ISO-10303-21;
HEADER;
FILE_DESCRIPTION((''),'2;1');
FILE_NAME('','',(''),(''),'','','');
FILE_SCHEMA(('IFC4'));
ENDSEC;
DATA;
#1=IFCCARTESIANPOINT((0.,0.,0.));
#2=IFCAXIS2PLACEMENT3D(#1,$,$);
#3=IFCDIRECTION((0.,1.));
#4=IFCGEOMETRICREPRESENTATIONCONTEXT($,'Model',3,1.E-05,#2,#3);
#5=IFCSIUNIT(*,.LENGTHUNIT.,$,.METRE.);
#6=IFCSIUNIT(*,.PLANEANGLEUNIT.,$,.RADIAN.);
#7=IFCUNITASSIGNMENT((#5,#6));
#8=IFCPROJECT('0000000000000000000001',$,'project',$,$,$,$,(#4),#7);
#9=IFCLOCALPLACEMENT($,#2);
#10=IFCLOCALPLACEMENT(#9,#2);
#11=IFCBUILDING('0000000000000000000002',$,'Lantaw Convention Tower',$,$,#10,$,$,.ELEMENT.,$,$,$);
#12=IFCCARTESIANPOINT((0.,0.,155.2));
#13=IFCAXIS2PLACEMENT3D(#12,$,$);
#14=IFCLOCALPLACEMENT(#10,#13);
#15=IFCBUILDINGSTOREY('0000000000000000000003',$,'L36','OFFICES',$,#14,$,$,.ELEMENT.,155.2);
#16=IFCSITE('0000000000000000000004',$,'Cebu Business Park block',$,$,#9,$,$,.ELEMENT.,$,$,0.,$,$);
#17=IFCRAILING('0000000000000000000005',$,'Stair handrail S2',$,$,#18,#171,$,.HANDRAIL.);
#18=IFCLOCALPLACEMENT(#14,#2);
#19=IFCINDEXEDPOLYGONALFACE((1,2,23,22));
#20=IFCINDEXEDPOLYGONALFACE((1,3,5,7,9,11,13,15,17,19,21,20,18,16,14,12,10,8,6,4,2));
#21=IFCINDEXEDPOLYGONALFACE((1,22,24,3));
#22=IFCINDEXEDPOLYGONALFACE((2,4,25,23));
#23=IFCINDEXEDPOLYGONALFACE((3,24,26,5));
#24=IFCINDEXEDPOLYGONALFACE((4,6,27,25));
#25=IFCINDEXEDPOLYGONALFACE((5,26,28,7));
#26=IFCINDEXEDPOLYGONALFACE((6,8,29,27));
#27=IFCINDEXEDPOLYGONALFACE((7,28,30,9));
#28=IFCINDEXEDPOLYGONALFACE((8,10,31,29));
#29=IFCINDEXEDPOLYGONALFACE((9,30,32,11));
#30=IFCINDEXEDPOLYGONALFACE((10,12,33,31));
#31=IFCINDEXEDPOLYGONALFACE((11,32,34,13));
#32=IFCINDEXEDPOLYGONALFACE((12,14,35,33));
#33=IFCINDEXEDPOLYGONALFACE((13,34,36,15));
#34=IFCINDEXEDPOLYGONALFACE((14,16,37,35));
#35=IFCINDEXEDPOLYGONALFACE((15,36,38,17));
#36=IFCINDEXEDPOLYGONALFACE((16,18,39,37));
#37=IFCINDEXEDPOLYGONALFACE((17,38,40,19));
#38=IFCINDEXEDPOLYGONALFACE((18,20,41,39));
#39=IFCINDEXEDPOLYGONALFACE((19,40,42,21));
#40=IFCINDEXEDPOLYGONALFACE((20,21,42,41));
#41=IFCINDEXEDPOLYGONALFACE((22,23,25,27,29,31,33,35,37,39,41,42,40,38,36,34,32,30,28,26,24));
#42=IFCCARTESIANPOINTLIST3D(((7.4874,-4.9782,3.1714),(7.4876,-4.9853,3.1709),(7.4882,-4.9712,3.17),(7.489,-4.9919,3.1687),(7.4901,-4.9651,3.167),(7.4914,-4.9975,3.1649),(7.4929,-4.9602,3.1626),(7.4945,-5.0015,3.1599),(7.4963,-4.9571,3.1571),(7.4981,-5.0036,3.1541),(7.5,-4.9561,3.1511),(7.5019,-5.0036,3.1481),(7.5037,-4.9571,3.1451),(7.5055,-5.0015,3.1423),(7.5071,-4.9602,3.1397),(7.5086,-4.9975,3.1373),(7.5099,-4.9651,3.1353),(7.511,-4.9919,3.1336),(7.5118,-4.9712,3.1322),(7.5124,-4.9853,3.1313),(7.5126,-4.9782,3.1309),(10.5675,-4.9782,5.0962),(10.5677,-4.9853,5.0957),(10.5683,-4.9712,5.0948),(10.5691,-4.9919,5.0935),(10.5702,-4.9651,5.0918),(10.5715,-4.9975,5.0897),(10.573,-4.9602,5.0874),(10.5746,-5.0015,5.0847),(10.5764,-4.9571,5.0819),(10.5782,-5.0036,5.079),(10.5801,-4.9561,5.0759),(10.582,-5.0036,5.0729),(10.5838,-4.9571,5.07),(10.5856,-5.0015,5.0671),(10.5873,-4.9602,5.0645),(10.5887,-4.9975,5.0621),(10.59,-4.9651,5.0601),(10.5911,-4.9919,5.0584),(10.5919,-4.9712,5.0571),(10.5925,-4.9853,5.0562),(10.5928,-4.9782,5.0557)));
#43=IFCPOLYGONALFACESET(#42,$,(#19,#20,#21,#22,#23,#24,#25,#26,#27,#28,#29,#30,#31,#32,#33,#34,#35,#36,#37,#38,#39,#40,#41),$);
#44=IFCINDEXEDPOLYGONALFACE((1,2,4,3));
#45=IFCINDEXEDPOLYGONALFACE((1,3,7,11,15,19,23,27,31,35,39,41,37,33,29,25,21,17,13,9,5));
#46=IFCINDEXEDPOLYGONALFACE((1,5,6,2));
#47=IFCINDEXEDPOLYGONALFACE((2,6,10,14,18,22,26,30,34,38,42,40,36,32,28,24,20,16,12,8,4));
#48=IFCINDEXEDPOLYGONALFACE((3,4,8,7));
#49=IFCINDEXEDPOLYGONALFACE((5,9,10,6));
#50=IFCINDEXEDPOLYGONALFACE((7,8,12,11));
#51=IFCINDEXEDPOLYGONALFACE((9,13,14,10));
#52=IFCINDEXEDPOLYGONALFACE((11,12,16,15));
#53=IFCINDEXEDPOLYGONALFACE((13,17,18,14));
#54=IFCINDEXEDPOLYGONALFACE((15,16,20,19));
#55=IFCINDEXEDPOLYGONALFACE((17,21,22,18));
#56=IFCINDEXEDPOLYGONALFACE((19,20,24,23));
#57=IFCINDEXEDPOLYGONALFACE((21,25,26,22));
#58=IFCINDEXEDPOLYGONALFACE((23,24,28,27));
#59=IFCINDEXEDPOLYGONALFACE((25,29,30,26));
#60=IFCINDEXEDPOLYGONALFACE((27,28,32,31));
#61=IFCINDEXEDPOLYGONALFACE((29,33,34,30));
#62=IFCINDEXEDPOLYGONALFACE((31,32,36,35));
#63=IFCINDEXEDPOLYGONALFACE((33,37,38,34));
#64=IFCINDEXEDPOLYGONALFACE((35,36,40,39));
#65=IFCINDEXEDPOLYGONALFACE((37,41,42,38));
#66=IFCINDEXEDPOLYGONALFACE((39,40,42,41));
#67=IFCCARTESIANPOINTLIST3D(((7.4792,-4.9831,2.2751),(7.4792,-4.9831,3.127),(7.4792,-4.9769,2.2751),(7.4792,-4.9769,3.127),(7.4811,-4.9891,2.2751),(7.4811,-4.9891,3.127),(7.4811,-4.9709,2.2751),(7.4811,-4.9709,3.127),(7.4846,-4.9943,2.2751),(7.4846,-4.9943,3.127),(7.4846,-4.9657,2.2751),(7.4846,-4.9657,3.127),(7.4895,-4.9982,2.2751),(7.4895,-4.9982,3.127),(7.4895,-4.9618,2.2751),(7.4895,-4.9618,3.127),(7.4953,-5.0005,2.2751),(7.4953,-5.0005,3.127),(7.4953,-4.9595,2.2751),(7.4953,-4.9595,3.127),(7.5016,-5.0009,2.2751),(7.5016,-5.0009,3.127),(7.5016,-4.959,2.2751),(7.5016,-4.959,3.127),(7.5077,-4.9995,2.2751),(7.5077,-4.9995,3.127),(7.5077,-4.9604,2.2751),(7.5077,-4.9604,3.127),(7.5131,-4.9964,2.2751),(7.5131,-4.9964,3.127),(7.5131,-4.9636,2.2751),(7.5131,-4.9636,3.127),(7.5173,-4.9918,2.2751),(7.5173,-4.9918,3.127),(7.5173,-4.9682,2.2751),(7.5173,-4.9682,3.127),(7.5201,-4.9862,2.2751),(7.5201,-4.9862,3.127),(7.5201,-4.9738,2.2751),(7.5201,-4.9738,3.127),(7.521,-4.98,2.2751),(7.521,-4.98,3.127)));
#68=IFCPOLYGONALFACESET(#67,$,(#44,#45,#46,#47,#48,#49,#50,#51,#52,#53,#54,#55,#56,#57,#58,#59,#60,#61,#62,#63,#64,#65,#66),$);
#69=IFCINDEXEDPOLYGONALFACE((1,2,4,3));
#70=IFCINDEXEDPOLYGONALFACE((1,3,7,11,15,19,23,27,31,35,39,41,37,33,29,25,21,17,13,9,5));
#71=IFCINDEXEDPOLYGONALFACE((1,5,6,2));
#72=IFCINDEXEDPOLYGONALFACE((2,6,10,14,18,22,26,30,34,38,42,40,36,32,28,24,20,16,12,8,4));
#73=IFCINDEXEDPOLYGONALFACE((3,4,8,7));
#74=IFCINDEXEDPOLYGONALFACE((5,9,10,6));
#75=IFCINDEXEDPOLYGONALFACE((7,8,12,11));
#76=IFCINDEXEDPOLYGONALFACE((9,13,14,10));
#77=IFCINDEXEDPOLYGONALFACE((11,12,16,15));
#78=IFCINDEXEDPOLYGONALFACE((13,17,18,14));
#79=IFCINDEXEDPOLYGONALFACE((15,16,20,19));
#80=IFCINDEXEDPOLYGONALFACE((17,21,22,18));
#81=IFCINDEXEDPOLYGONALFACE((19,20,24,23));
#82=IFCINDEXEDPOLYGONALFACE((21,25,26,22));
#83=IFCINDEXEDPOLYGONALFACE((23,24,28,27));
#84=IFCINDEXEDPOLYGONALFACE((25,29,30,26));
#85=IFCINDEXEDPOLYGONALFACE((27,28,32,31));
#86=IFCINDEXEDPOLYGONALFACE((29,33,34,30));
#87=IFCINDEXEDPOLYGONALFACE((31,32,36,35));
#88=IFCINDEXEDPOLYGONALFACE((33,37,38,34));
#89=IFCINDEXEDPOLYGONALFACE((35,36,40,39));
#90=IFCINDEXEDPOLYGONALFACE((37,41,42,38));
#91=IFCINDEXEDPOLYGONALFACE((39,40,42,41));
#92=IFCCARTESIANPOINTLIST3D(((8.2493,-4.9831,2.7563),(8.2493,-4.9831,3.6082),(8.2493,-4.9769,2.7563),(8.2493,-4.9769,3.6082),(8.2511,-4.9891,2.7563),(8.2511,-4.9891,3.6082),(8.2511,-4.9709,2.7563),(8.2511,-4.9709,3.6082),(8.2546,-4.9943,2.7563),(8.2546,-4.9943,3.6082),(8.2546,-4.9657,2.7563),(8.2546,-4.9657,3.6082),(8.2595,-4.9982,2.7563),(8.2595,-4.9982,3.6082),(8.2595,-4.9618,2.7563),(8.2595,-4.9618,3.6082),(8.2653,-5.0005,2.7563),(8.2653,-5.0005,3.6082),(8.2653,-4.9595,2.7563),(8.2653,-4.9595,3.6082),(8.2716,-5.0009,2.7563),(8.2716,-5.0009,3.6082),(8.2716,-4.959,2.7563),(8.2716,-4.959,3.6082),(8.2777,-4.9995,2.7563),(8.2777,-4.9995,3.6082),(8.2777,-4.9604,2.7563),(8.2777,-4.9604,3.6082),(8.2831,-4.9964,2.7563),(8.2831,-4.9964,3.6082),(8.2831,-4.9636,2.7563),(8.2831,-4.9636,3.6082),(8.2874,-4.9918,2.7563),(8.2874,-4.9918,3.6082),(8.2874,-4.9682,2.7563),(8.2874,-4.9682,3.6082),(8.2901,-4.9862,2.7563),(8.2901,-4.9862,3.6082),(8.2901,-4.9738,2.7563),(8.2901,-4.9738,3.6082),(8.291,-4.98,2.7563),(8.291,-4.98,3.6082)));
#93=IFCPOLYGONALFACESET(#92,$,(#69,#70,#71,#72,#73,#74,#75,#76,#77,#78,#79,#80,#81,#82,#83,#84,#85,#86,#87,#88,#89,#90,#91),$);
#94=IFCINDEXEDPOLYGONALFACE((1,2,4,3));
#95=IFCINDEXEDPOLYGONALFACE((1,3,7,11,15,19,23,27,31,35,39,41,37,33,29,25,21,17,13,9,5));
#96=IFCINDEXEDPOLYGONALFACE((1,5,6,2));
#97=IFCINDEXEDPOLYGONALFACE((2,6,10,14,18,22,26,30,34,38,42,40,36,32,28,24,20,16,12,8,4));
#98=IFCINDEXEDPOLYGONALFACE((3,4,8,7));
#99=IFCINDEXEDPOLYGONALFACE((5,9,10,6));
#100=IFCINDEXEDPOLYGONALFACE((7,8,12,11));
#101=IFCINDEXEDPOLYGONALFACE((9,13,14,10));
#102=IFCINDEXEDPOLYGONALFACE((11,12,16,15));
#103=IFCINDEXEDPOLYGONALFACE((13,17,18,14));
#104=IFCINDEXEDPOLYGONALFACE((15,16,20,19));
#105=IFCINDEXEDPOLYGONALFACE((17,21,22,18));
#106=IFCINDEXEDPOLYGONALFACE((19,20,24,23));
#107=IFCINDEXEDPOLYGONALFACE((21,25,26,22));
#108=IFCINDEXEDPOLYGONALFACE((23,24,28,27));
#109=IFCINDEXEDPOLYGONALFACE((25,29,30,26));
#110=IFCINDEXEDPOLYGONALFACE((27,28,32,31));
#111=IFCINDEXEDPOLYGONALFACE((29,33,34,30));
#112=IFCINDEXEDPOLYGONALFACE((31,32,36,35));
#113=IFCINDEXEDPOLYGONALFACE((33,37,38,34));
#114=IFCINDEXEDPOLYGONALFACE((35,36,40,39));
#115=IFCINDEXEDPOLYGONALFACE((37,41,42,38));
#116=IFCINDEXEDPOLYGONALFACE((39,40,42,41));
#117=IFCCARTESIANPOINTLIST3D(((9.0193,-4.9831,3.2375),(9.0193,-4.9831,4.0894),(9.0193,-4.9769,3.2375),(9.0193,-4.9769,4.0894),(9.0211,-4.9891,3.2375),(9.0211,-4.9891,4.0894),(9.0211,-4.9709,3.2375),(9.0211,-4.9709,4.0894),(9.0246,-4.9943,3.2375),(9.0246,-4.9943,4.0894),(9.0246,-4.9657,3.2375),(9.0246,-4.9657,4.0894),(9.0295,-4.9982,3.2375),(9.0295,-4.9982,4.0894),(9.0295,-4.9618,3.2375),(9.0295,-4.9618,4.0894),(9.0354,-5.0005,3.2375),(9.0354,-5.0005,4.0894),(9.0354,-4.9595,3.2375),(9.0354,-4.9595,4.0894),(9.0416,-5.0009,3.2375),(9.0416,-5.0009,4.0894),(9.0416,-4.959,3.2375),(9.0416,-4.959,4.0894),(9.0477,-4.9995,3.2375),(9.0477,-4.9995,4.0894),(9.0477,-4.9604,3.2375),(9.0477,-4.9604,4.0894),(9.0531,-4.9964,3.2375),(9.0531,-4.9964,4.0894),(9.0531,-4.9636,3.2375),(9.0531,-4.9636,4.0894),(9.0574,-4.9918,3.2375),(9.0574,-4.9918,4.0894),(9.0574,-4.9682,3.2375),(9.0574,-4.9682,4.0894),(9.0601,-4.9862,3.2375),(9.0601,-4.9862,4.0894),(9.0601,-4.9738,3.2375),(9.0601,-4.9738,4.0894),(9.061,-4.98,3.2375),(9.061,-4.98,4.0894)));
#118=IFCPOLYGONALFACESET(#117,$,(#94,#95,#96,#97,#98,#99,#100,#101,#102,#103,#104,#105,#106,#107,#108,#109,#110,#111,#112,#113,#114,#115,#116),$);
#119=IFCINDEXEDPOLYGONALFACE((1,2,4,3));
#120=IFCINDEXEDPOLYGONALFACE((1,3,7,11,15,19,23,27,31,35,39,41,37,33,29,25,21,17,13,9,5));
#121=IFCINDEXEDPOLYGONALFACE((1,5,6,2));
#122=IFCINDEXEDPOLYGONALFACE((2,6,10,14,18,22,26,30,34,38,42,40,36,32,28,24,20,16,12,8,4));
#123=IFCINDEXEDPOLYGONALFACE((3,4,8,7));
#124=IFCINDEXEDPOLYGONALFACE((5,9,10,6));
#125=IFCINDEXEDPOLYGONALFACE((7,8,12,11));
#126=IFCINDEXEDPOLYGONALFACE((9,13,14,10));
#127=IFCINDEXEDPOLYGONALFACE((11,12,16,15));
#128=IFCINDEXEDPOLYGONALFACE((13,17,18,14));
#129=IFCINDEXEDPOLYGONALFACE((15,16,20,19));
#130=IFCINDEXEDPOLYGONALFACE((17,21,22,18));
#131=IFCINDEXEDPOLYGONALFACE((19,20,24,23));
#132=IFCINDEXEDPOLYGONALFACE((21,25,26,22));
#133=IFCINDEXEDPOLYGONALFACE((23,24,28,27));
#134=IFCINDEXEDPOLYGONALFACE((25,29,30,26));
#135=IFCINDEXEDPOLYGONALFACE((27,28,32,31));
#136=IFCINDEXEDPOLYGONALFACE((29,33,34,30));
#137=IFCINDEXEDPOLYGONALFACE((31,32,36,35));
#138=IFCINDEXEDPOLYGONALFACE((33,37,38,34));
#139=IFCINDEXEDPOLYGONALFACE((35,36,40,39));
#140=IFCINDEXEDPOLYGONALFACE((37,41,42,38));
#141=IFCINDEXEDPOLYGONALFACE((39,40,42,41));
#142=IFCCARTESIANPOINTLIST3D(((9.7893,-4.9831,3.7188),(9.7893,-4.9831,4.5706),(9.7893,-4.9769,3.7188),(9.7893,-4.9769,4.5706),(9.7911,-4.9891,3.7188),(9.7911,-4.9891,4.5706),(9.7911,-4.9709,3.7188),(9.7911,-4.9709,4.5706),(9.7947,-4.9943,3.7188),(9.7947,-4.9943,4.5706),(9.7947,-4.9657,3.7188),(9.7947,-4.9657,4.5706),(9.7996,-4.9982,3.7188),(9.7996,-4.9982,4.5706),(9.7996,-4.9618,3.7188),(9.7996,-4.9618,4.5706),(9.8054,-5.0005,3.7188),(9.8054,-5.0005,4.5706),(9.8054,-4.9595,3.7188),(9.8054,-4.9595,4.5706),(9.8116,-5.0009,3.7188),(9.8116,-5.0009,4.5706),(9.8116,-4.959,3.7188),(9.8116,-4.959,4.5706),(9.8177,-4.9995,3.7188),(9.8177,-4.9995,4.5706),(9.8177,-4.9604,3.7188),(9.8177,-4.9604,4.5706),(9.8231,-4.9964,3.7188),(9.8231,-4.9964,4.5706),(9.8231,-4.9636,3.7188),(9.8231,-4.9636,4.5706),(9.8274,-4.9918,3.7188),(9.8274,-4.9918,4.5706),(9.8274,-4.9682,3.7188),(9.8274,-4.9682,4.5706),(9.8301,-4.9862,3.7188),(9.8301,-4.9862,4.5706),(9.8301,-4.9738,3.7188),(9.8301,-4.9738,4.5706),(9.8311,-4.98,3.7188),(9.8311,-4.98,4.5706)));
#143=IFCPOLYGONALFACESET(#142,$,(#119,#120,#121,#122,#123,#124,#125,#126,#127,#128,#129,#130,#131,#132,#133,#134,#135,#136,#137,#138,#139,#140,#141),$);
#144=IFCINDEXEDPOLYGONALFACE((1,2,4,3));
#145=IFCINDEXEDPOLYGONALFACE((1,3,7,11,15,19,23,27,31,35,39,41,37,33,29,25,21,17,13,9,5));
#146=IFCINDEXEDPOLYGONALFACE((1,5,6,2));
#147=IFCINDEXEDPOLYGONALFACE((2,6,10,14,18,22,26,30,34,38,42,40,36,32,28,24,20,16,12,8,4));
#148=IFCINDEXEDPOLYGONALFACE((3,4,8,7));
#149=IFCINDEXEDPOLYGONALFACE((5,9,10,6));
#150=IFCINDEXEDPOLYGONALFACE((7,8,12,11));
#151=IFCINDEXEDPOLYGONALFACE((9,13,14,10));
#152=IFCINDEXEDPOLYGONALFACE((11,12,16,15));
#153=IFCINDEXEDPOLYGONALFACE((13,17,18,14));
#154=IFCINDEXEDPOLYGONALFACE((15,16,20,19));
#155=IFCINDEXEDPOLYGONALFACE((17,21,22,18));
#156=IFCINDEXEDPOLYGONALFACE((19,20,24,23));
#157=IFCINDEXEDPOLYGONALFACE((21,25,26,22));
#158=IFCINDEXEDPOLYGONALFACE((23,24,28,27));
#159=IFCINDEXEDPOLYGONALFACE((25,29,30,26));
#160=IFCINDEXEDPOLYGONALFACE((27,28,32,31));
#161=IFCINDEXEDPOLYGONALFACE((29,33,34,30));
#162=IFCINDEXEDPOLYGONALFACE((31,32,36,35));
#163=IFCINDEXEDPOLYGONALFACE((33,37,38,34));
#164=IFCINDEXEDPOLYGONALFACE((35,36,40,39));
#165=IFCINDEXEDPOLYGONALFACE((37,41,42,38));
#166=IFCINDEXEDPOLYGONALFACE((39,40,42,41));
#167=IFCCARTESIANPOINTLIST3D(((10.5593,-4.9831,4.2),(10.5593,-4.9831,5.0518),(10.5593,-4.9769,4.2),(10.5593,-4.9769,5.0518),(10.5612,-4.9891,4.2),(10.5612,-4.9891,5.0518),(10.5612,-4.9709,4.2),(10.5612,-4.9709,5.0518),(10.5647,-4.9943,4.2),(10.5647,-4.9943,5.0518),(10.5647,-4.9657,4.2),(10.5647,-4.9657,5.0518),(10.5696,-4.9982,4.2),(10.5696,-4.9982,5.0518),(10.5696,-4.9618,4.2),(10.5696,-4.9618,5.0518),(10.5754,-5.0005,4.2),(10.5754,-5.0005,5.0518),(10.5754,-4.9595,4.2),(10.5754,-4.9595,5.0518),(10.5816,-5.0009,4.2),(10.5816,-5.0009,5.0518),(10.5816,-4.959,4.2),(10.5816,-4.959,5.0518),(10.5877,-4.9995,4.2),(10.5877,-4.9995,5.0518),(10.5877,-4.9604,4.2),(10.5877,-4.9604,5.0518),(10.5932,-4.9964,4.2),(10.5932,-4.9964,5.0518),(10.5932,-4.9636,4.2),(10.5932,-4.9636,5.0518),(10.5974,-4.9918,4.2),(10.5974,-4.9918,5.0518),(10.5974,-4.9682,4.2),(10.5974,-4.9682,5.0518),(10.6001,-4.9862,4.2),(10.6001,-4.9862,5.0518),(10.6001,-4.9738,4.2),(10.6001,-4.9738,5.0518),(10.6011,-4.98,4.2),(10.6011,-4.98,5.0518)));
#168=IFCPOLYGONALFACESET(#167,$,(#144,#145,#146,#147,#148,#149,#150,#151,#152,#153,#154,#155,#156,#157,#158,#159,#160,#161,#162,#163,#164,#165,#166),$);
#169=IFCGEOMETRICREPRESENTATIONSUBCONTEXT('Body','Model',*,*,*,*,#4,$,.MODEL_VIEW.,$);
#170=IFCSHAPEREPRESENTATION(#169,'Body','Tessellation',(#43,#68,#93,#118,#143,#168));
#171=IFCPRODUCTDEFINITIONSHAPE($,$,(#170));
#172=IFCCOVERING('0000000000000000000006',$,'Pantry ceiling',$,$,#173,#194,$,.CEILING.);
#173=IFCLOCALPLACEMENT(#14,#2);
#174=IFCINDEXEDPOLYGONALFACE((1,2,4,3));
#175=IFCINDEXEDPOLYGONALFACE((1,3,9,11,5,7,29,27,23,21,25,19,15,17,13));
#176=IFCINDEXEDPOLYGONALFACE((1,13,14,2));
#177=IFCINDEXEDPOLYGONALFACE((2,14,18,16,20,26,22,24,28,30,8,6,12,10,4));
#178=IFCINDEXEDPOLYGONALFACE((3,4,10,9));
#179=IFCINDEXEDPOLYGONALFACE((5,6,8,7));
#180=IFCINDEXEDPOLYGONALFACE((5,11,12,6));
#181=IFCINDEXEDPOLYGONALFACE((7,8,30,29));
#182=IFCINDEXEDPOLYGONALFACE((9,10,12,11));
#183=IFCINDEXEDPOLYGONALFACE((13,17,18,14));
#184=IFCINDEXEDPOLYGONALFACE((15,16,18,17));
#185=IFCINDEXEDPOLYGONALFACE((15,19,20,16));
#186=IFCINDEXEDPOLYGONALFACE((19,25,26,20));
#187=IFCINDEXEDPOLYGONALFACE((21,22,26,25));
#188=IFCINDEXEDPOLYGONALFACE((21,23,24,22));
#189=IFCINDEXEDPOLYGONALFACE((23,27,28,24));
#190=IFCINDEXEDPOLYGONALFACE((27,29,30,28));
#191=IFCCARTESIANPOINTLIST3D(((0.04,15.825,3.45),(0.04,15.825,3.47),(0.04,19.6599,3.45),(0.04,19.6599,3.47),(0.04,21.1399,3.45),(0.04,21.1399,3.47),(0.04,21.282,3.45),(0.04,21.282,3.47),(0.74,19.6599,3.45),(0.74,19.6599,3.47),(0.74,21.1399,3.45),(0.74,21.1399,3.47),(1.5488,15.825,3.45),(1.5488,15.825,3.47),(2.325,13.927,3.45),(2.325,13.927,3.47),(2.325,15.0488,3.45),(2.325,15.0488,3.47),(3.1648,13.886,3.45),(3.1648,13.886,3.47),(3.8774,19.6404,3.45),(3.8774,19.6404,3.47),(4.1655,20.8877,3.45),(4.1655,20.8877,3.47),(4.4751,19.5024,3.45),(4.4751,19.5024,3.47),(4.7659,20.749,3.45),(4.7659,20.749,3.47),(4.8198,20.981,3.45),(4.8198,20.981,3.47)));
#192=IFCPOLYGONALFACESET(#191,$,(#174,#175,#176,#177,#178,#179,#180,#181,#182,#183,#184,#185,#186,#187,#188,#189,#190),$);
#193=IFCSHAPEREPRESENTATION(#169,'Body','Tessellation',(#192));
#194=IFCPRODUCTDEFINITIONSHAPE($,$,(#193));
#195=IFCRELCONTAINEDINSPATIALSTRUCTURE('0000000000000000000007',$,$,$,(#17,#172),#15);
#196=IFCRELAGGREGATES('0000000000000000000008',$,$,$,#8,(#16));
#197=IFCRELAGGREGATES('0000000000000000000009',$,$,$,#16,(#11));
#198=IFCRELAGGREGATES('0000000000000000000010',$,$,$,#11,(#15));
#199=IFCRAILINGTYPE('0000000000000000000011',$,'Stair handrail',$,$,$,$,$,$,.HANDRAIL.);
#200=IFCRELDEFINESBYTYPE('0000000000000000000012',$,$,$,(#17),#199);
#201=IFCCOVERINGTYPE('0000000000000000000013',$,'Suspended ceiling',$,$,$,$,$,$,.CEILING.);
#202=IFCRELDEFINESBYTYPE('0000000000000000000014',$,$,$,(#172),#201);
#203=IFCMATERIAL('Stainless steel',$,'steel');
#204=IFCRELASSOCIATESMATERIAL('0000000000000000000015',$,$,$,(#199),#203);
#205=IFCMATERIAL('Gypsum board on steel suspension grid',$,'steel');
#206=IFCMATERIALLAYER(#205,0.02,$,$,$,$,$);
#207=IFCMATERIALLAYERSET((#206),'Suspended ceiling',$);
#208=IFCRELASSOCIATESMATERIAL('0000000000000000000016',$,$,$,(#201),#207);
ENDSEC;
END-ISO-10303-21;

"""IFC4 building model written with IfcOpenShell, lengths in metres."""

from ifc_helpers import new_model, si_unit, direction, frame, origin, origin_2d, place, context, subcontext, project, spatial, polyline, circle, outline, extrude, material, layer, layer_set, type_object, element, save


model = new_model("IFC4")

# Units and contexts
model_context = context("Model", 3, precision=1e-05, world=origin(), true_north=direction((0.0, 1.0)))
body_context = subcontext(model_context, "Body", "Model", "MODEL_VIEW")
ifc_project = project(units=[si_unit("LENGTHUNIT", "METRE"), si_unit("PLANEANGLEUNIT", "RADIAN")], contexts=[model_context])

# Site, building, storey
site_placement = place(None, origin())
site = spatial("IfcSite", under=ifc_project, at=site_placement, Name="Cebu Business Park block", CompositionType="ELEMENT", RefElevation=0.0)
building_placement = place(site_placement, origin())
building = spatial("IfcBuilding", under=site, at=building_placement, Name="Lantaw Convention Tower", CompositionType="ELEMENT")
storey_placement = place(building_placement, frame((0.0, 0.0, 155.2)))
storey = spatial("IfcBuildingStorey", under=building, at=storey_placement, Name="L36", Description="OFFICES", CompositionType="ELEMENT", Elevation=155.2)

# Railing
ifc_material_1 = material(Name="Stainless steel", Category="steel")
railing_type = type_object("IfcRailingType", Name="Stair handrail", PredefinedType="HANDRAIL", material=ifc_material_1)
railing_placement = place(storey_placement, frame((7.5, -4.98, 2.2751)))
element("IfcRailing", 1, at=railing_placement, inside=storey, type_object=railing_type, Name="Stair handrail S2", PredefinedType="HANDRAIL", context=body_context, shape_type="SweptSolid", body=[
    extrude(circle(Radius=0.0239, at=origin_2d()), frame((0.0, 0.0, 0.876), z_axis=(0.848029, 0.0, 0.529951), x_axis=(0.0, 1.0, 0.0)), (0.0, 0.0, 1.0), 3.6321),
    extrude(circle(Radius=0.021, at=origin_2d()), origin(), (0.0, 0.0, 1.0), 0.8518),
    extrude(circle(Radius=0.021, at=origin_2d()), frame((0.77, 0.0, 0.4812)), (0.0, 0.0, 1.0), 0.8518),
    extrude(circle(Radius=0.021, at=origin_2d()), frame((1.54, 0.0, 0.9624)), (0.0, 0.0, 1.0), 0.8518),
    extrude(circle(Radius=0.021, at=origin_2d()), frame((2.3101, 0.0, 1.4436)), (0.0, 0.0, 1.0), 0.8518),
    extrude(circle(Radius=0.021, at=origin_2d()), frame((3.0801, 0.0, 1.9248)), (0.0, 0.0, 1.0), 0.8518),
])

# Covering
ifc_material_2 = material(Name="Gypsum board on steel suspension grid", Category="steel")
ifc_layer_1 = layer(ifc_material_2, 0.02)
ifc_layer_set_1 = layer_set([ifc_layer_1], Name="Suspended ceiling")
covering_type = type_object("IfcCoveringType", Name="Suspended ceiling", PredefinedType="CEILING", material=ifc_layer_set_1)
covering_1_placement = place(storey_placement, frame((0.0, 0.0, 3.45)))
element("IfcCovering", 2, at=covering_1_placement, inside=storey, type_object=covering_type, Name="Pantry ceiling", PredefinedType="CEILING", context=body_context, shape_type="SweptSolid", body=[
    extrude(outline(polyline([(2.325, 15.0488), (2.325, 13.927), (3.1648, 13.886), (4.4751, 19.5024), (3.8774, 19.6404), (4.1655, 20.8877), (4.7659, 20.749), (4.8198, 20.981), (0.04, 21.282), (0.04, 21.1399), (0.74, 21.1399), (0.74, 19.6599), (0.04, 19.6599), (0.04, 15.825), (1.5488, 15.825), (2.325, 15.0488)])), origin(), (0.0, 0.0, 1.0), 0.02),
])

save(model, "model.ifc")
